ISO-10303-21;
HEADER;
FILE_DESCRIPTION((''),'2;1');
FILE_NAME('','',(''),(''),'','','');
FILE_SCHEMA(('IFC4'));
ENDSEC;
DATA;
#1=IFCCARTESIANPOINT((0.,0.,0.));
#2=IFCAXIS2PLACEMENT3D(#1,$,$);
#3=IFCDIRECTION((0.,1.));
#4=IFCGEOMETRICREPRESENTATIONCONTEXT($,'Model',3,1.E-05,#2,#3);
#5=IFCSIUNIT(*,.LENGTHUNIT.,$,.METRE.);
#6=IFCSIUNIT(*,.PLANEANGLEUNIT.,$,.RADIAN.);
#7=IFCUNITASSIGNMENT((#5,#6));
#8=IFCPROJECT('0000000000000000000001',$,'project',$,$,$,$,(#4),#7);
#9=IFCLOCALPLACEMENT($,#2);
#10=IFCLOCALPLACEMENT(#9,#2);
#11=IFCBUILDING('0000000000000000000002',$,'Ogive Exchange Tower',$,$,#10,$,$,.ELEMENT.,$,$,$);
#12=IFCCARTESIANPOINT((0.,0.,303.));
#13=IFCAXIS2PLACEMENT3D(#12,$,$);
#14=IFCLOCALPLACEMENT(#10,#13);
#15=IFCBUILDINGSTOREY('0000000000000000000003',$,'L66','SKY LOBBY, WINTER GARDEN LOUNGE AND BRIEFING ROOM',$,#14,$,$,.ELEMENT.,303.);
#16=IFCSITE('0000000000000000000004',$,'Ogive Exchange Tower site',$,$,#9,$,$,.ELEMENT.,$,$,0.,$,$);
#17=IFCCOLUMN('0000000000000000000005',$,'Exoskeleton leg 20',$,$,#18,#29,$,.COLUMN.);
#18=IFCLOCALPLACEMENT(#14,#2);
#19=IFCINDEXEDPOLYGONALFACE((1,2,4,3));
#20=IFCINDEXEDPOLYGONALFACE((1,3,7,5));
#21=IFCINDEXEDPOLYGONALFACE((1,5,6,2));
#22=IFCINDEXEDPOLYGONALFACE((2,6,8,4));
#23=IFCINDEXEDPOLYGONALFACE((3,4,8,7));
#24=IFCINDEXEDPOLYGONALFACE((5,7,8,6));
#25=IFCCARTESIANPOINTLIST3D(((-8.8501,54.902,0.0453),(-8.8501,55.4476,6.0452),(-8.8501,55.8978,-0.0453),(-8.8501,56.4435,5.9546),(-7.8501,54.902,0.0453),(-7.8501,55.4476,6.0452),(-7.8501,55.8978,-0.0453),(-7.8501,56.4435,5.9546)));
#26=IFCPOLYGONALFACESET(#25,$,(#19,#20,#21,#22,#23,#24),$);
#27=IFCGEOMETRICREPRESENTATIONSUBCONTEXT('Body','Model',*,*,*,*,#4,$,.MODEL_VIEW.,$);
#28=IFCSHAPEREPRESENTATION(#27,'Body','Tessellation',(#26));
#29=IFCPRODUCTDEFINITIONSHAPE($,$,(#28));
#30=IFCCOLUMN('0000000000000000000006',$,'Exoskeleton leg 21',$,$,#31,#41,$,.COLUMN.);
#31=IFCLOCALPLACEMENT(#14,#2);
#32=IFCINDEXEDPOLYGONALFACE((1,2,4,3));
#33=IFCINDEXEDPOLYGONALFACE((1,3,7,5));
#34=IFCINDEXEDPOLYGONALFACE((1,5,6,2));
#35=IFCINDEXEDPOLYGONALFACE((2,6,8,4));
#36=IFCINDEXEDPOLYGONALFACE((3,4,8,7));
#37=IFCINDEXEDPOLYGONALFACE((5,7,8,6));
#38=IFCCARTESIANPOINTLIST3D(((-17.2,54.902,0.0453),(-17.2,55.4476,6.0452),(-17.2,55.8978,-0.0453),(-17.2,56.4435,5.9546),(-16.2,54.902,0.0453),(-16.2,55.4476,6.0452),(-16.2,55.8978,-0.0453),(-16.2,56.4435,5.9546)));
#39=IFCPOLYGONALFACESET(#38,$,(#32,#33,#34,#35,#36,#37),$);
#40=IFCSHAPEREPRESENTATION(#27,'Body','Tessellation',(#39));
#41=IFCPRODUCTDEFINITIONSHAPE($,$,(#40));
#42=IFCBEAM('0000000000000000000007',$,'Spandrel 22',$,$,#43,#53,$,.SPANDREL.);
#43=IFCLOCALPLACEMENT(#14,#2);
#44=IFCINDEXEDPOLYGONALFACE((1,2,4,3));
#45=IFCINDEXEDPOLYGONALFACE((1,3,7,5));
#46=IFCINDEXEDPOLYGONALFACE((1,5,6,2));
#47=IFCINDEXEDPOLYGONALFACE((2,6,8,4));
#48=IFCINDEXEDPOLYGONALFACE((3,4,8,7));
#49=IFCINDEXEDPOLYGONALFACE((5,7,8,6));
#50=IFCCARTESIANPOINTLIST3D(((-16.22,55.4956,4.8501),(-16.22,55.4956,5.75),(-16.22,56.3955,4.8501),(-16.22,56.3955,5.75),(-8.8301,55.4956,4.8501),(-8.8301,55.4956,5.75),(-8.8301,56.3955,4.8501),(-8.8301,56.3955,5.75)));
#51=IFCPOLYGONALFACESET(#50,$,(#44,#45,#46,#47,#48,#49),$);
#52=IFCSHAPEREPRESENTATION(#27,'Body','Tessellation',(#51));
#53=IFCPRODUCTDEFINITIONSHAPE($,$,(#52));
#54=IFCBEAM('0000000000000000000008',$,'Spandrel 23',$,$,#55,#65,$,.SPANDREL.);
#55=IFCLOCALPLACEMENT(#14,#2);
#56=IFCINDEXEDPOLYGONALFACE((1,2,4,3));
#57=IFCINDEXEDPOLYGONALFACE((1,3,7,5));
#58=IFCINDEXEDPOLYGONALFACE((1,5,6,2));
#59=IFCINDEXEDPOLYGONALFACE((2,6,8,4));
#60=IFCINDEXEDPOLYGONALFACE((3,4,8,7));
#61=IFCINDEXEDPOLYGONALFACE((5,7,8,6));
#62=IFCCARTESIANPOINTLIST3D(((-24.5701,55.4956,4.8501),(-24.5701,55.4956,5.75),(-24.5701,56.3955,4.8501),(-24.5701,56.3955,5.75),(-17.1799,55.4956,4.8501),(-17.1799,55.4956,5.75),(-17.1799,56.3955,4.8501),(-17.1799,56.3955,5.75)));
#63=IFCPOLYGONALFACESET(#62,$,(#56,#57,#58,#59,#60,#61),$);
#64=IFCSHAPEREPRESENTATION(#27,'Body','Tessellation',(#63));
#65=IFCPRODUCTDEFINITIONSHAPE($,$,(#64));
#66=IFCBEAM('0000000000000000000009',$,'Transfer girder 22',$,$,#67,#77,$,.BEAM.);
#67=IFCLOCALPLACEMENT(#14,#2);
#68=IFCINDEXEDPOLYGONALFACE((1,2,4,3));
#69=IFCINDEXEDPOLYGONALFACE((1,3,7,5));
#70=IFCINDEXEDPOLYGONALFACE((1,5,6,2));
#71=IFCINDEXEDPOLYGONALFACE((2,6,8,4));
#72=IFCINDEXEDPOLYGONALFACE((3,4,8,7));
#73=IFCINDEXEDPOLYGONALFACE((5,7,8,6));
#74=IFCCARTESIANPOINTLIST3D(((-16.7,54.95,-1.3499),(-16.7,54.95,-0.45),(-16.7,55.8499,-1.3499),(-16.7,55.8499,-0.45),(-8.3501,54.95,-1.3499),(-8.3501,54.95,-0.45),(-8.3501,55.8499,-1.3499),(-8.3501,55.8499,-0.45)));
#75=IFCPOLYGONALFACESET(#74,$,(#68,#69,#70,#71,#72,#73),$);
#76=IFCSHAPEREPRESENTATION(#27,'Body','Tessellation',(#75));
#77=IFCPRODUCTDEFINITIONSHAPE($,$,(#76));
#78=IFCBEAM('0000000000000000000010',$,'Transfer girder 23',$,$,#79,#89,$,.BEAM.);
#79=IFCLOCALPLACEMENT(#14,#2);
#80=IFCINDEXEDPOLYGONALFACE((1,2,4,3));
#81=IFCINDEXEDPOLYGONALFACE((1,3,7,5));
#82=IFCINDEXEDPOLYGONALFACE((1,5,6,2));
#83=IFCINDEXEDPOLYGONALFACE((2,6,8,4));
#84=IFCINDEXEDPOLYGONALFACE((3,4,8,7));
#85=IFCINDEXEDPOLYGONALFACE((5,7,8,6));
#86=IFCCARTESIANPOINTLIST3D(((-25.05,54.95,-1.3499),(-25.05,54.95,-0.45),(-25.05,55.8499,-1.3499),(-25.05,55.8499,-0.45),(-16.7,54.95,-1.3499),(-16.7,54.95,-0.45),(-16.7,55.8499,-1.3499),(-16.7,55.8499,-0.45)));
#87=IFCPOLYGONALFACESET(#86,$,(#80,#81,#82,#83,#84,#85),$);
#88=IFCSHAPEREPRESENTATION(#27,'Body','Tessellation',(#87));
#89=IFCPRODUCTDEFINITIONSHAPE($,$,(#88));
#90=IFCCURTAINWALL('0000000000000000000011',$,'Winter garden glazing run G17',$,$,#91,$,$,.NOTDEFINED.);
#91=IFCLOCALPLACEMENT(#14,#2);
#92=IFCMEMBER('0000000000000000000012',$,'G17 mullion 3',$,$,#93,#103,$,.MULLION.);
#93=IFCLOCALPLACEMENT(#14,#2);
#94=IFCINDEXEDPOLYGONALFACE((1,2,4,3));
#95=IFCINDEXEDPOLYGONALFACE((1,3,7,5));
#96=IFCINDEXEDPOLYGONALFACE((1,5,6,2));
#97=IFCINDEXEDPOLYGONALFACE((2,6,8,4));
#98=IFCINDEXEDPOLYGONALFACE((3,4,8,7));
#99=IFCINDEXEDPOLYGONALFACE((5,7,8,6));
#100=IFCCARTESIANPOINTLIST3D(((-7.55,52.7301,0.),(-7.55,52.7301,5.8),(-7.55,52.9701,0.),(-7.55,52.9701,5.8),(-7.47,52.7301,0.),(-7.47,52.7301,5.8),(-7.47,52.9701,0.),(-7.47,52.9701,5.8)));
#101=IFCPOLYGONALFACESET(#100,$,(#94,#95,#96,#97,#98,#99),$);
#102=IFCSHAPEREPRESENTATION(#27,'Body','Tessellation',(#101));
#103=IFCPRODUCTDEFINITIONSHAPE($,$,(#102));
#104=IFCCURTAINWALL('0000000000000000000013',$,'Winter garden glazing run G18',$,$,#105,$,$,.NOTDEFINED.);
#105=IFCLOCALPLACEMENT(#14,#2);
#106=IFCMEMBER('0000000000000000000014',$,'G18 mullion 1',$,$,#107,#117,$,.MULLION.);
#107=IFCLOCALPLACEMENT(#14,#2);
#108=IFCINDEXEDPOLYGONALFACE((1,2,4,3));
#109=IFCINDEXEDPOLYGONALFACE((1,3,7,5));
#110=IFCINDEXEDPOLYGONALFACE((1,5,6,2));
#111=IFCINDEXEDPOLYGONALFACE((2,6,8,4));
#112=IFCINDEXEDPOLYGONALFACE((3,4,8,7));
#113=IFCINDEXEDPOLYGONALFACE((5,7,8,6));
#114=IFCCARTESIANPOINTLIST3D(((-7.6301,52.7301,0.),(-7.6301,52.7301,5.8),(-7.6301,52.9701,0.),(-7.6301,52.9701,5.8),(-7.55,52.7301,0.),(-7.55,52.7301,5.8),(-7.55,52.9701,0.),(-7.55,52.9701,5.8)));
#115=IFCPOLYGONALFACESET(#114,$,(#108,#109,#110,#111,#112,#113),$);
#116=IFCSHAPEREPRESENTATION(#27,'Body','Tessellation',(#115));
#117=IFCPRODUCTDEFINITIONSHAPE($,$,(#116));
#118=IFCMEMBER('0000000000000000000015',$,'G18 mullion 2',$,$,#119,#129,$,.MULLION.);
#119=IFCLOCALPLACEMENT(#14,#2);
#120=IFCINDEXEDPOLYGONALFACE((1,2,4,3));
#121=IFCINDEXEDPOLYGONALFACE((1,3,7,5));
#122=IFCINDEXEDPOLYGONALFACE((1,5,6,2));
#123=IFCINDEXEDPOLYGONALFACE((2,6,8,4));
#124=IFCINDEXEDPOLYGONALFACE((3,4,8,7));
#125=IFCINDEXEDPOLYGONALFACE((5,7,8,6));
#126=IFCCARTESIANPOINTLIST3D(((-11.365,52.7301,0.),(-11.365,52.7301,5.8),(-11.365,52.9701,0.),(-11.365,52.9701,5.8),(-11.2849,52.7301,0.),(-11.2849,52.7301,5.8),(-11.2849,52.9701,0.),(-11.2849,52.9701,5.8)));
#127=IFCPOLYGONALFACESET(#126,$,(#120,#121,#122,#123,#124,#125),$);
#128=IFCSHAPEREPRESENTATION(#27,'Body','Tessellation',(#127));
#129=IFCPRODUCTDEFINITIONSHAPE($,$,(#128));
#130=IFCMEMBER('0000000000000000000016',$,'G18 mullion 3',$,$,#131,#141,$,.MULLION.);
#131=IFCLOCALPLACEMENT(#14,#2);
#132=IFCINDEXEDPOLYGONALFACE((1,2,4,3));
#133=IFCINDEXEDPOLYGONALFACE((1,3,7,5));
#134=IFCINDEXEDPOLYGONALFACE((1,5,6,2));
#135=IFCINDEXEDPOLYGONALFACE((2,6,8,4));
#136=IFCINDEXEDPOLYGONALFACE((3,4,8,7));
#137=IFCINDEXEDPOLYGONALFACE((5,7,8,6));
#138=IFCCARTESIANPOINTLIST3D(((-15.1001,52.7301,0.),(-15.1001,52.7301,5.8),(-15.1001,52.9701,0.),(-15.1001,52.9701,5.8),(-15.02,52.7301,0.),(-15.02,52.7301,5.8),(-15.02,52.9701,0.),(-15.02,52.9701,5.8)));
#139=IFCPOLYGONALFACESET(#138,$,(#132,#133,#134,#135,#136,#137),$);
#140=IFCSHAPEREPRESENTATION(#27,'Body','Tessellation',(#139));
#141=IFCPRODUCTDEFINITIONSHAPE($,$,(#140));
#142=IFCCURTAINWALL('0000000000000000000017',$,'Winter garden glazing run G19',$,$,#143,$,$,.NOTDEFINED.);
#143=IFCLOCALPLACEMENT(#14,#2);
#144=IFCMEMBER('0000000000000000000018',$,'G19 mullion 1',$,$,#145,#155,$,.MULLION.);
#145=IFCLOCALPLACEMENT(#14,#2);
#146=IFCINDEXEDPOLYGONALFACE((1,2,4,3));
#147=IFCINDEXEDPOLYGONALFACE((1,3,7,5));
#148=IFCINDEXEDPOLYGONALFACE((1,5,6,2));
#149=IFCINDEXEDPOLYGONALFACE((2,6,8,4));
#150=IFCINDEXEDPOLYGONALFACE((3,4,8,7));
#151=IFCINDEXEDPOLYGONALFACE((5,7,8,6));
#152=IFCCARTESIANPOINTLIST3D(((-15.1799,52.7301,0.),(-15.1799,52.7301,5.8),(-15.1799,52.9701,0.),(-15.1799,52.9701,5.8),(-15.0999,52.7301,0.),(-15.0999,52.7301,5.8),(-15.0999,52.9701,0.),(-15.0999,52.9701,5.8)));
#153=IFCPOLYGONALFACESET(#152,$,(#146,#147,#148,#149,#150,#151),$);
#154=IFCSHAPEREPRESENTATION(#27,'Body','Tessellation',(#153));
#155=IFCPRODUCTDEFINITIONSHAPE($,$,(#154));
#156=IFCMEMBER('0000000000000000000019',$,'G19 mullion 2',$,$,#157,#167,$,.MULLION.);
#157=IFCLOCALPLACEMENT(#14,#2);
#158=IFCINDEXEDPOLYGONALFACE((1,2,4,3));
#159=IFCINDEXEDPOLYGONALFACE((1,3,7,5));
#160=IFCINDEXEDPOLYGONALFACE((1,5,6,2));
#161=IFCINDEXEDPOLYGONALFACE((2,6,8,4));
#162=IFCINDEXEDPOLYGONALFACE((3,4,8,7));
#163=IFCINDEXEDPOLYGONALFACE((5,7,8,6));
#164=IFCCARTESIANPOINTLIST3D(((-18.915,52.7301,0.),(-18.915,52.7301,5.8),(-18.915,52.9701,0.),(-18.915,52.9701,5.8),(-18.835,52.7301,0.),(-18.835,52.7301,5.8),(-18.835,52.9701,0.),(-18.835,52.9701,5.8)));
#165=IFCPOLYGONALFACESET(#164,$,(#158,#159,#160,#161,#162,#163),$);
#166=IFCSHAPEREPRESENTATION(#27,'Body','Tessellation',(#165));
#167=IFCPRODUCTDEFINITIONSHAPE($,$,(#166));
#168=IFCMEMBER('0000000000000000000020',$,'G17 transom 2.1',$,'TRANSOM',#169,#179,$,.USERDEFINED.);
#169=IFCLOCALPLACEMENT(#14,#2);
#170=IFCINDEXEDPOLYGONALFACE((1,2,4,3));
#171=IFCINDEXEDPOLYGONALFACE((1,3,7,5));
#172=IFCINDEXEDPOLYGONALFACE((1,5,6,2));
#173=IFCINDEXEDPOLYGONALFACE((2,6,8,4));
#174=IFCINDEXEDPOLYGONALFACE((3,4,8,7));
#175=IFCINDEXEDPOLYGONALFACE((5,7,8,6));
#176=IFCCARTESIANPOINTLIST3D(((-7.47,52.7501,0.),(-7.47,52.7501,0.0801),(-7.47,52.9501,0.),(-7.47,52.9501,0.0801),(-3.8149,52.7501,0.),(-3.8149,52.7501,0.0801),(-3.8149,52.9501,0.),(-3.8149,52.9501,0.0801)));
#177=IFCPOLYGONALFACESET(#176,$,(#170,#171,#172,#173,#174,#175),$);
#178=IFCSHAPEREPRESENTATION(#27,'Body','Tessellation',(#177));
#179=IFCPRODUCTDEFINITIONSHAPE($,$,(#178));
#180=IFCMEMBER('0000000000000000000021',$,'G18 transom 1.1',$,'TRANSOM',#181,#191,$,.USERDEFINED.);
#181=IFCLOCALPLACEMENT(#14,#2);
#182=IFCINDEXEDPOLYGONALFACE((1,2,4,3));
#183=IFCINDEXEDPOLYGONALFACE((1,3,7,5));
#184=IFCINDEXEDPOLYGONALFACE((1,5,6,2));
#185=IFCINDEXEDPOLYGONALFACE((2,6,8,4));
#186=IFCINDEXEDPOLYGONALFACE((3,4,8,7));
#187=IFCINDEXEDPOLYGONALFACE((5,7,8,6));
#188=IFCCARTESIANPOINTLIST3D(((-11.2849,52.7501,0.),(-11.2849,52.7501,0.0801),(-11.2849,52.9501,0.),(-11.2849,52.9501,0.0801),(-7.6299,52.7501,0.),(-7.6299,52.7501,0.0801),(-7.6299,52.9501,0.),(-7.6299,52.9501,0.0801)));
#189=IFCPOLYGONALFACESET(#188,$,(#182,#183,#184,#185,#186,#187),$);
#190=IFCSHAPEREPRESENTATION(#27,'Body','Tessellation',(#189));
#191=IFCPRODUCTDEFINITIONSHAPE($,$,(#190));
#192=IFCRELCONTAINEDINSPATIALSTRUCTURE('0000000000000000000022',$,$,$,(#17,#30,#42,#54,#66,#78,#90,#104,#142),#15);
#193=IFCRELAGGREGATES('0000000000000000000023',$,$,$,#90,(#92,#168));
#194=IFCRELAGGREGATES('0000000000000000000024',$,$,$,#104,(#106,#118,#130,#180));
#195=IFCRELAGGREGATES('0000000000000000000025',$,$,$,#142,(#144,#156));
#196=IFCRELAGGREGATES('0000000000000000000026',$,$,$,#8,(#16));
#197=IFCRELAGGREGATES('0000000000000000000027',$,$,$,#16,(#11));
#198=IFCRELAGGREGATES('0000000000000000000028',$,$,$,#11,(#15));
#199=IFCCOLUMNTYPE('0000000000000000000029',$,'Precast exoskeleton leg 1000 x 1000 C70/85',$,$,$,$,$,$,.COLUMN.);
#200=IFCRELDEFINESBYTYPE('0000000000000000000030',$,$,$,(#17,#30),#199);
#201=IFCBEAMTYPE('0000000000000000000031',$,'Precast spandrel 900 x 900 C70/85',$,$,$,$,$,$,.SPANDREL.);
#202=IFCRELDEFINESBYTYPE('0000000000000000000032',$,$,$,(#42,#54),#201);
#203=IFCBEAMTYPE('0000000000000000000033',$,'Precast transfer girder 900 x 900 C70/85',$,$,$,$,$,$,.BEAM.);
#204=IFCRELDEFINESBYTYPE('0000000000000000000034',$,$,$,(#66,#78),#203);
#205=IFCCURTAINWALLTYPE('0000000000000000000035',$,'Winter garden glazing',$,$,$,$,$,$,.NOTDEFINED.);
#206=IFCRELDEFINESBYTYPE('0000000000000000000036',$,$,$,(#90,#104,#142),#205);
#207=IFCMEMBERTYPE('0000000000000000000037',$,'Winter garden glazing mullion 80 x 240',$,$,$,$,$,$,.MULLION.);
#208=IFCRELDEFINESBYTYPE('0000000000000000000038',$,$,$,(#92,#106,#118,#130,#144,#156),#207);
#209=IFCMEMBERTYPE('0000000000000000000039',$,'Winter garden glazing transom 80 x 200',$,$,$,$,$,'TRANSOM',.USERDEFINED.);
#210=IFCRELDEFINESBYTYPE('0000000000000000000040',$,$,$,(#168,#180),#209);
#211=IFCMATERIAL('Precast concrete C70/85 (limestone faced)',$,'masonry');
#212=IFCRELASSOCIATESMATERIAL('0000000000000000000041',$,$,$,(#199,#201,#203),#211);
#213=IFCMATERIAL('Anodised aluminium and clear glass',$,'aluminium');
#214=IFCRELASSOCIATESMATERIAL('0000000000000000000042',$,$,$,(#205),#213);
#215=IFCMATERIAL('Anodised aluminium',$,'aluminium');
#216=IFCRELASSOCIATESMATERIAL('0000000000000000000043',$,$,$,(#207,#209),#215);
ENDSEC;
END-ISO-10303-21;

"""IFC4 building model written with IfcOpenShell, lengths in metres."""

from ifc_helpers import new_model, si_unit, direction, frame, origin, origin_2d, place, context, subcontext, project, spatial, rectangle, extrude, material, material_profile, profile_set, type_object, element, aggregate, save


model = new_model("IFC4")

# Units and contexts
model_context = context("Model", 3, precision=1e-05, world=origin(), true_north=direction((0.0, 1.0)))
body_context = subcontext(model_context, "Body", "Model", "MODEL_VIEW")
ifc_project = project(units=[si_unit("LENGTHUNIT", "METRE"), si_unit("PLANEANGLEUNIT", "RADIAN")], contexts=[model_context])

# Site, building, storey
site_placement = place(None, origin())
site = spatial("IfcSite", under=ifc_project, at=site_placement, Name="Ogive Exchange Tower site", CompositionType="ELEMENT", RefElevation=0.0)
building_placement = place(site_placement, origin())
building = spatial("IfcBuilding", under=site, at=building_placement, Name="Ogive Exchange Tower", CompositionType="ELEMENT")
storey_placement = place(building_placement, frame((0.0, 0.0, 303.0)))
storey = spatial("IfcBuildingStorey", under=building, at=storey_placement, Name="L66", Description="SKY LOBBY, WINTER GARDEN LOUNGE AND BRIEFING ROOM", CompositionType="ELEMENT", Elevation=303.0)

# Columns
ifc_material_1 = material(Name="Precast concrete C70/85 (limestone faced)", Category="masonry")
ifc_material_profile_1 = material_profile(ifc_material_1, rectangle(XDim=1.0, YDim=1.0, at=origin_2d()), Name="1000 x 1000")
ifc_profile_set_1 = profile_set([ifc_material_profile_1], Name="Precast concrete C70/85 (limestone faced)")
column_type = type_object("IfcColumnType", Name="Precast exoskeleton leg 1000 x 1000 C70/85", PredefinedType="COLUMN", material=ifc_profile_set_1)
for number, where, z_axis, x_axis, name in (
    (1, (-8.3501, 55.3999, 0.0), (0.0, 0.090569, 0.99589), (-1.0, 0.0, 0.0), "Exoskeleton leg 20"),
    (2, (-16.7, 55.3999, 0.0), (0.0, 0.090569, 0.99589), (-1.0, 0.0, 0.0), "Exoskeleton leg 21"),
):
    element("IfcColumn", number, at=place(storey_placement, frame(where, z_axis=z_axis, x_axis=x_axis)), inside=storey, type_object=column_type, Name=name, PredefinedType="COLUMN", context=body_context, shape_type="SweptSolid", body=[
        extrude(rectangle(XDim=1.0, YDim=1.0, at=origin_2d()), origin(), (0.0, 0.0, 1.0), 6.0247),
    ])

# Beams
ifc_material_profile_2 = material_profile(ifc_material_1, rectangle(XDim=0.8999, YDim=0.8999, at=origin_2d()), Name="900 x 900")
ifc_profile_set_2 = profile_set([ifc_material_profile_2], Name="Precast concrete C70/85 (limestone faced)")
beam_type_1 = type_object("IfcBeamType", Name="Precast spandrel 900 x 900 C70/85", PredefinedType="SPANDREL", material=ifc_profile_set_2)
beam_1_placement = place(storey_placement, frame((-8.8301, 55.9456, 5.3), z_axis=(-1.0, 0.0, 0.0), x_axis=(0.0, -1.0, 0.0)))
element("IfcBeam", 3, at=beam_1_placement, inside=storey, type_object=beam_type_1, Name="Spandrel 22", PredefinedType="SPANDREL", context=body_context, shape_type="SweptSolid", body=[
    extrude(rectangle(XDim=0.8999, YDim=0.8999, at=origin_2d()), origin(), (0.0, 0.0, 1.0), 7.3899),
])
beam_2_placement = place(storey_placement, frame((-17.1799, 55.9456, 5.3), z_axis=(-1.0, 0.0, 0.0), x_axis=(0.0, -1.0, 0.0)))
element("IfcBeam", 4, at=beam_2_placement, inside=storey, type_object=beam_type_1, Name="Spandrel 23", PredefinedType="SPANDREL", context=body_context, shape_type="SweptSolid", body=[
    extrude(rectangle(XDim=0.8999, YDim=0.8999, at=origin_2d()), origin(), (0.0, 0.0, 1.0), 7.3901),
])
ifc_material_profile_3 = material_profile(ifc_material_1, rectangle(XDim=0.8999, YDim=0.8999, at=origin_2d()), Name="900 x 900")
ifc_profile_set_3 = profile_set([ifc_material_profile_3], Name="Precast concrete C70/85 (limestone faced)")
beam_type_2 = type_object("IfcBeamType", Name="Precast transfer girder 900 x 900 C70/85", PredefinedType="BEAM", material=ifc_profile_set_3)
beam_3_placement = place(storey_placement, frame((-8.3501, 55.3999, -0.8999), z_axis=(-1.0, 0.0, 0.0), x_axis=(0.0, -1.0, 0.0)))
element("IfcBeam", 5, at=beam_3_placement, inside=storey, type_object=beam_type_2, Name="Transfer girder 22", PredefinedType="BEAM", context=body_context, shape_type="SweptSolid", body=[
    extrude(rectangle(XDim=0.8999, YDim=0.8999, at=origin_2d()), origin(), (0.0, 0.0, 1.0), 8.3499),
])
beam_4_placement = place(storey_placement, frame((-16.7, 55.3999, -0.8999), z_axis=(-1.0, 0.0, 0.0), x_axis=(0.0, -1.0, 0.0)))
element("IfcBeam", 6, at=beam_4_placement, inside=storey, type_object=beam_type_2, Name="Transfer girder 23", PredefinedType="BEAM", context=body_context, shape_type="SweptSolid", body=[
    extrude(rectangle(XDim=0.8999, YDim=0.8999, at=origin_2d()), origin(), (0.0, 0.0, 1.0), 8.3501),
])

# Curtain wall, member
ifc_material_2 = material(Name="Anodised aluminium and clear glass", Category="aluminium")
curtain_wall_type = type_object("IfcCurtainWallType", Name="Winter garden glazing", PredefinedType="NOTDEFINED", material=ifc_material_2)
curtain_wall_1_placement = place(storey_placement, origin())
curtain_wall_1 = element("IfcCurtainWall", 7, at=curtain_wall_1_placement, inside=storey, type_object=curtain_wall_type, Name="Winter garden glazing run G17", PredefinedType="NOTDEFINED")
ifc_material_3 = material(Name="Anodised aluminium", Category="aluminium")
ifc_material_profile_4 = material_profile(ifc_material_3, rectangle(XDim=0.24, YDim=0.0801, at=origin_2d()), Name="AL 80x240")
ifc_profile_set_4 = profile_set([ifc_material_profile_4], Name="Anodised aluminium")
member_type_1 = type_object("IfcMemberType", Name="Winter garden glazing mullion 80 x 240", PredefinedType="MULLION", material=ifc_profile_set_4)
member_1_placement = place(storey_placement, frame((-7.51, 52.8501, 0.0), z_axis=(0.0, 0.0, 1.0), x_axis=(0.0, -1.0, 0.0)))
member_1 = element("IfcMember", 8, at=member_1_placement, type_object=member_type_1, Name="G17 mullion 3", PredefinedType="MULLION", context=body_context, shape_type="SweptSolid", body=[
    extrude(rectangle(XDim=0.24, YDim=0.0801, at=origin_2d()), origin(), (0.0, 0.0, 1.0), 5.8),
])

# Curtain walls, members
curtain_wall_2_placement = place(storey_placement, origin())
curtain_wall_2 = element("IfcCurtainWall", 9, at=curtain_wall_2_placement, inside=storey, type_object=curtain_wall_type, Name="Winter garden glazing run G18", PredefinedType="NOTDEFINED")
member_2_placement = place(storey_placement, frame((-7.5901, 52.8501, 0.0), z_axis=(0.0, 0.0, 1.0), x_axis=(0.0, -1.0, 0.0)))
member_2 = element("IfcMember", 10, at=member_2_placement, type_object=member_type_1, Name="G18 mullion 1", PredefinedType="MULLION", context=body_context, shape_type="SweptSolid", body=[
    extrude(rectangle(XDim=0.24, YDim=0.0801, at=origin_2d()), origin(), (0.0, 0.0, 1.0), 5.8),
])
member_3_placement = place(storey_placement, frame((-11.325, 52.8501, 0.0), z_axis=(0.0, 0.0, 1.0), x_axis=(0.0, -1.0, 0.0)))
member_3 = element("IfcMember", 11, at=member_3_placement, type_object=member_type_1, Name="G18 mullion 2", PredefinedType="MULLION", context=body_context, shape_type="SweptSolid", body=[
    extrude(rectangle(XDim=0.24, YDim=0.0801, at=origin_2d()), origin(), (0.0, 0.0, 1.0), 5.8),
])
member_4_placement = place(storey_placement, frame((-15.0601, 52.8501, 0.0), z_axis=(0.0, 0.0, 1.0), x_axis=(0.0, -1.0, 0.0)))
member_4 = element("IfcMember", 12, at=member_4_placement, type_object=member_type_1, Name="G18 mullion 3", PredefinedType="MULLION", context=body_context, shape_type="SweptSolid", body=[
    extrude(rectangle(XDim=0.24, YDim=0.0801, at=origin_2d()), origin(), (0.0, 0.0, 1.0), 5.8),
])
curtain_wall_3_placement = place(storey_placement, origin())
curtain_wall_3 = element("IfcCurtainWall", 13, at=curtain_wall_3_placement, inside=storey, type_object=curtain_wall_type, Name="Winter garden glazing run G19", PredefinedType="NOTDEFINED")
member_5_placement = place(storey_placement, frame((-15.1399, 52.8501, 0.0), z_axis=(0.0, 0.0, 1.0), x_axis=(0.0, -1.0, 0.0)))
member_5 = element("IfcMember", 14, at=member_5_placement, type_object=member_type_1, Name="G19 mullion 1", PredefinedType="MULLION", context=body_context, shape_type="SweptSolid", body=[
    extrude(rectangle(XDim=0.24, YDim=0.0801, at=origin_2d()), origin(), (0.0, 0.0, 1.0), 5.8),
])
member_6_placement = place(storey_placement, frame((-18.875, 52.8501, 0.0), z_axis=(0.0, 0.0, 1.0), x_axis=(0.0, -1.0, 0.0)))
member_6 = element("IfcMember", 15, at=member_6_placement, type_object=member_type_1, Name="G19 mullion 2", PredefinedType="MULLION", context=body_context, shape_type="SweptSolid", body=[
    extrude(rectangle(XDim=0.24, YDim=0.0801, at=origin_2d()), origin(), (0.0, 0.0, 1.0), 5.8),
])

# Members
ifc_material_profile_5 = material_profile(ifc_material_3, rectangle(XDim=0.2, YDim=0.0801, at=origin_2d()), Name="AL 80x200")
ifc_profile_set_5 = profile_set([ifc_material_profile_5], Name="Anodised aluminium")
member_type_2 = type_object("IfcMemberType", Name="Winter garden glazing transom 80 x 200", ElementType="TRANSOM", PredefinedType="USERDEFINED", material=ifc_profile_set_5)
member_7_placement = place(storey_placement, frame((-3.8149, 52.8501, 0.04), z_axis=(-1.0, 0.0, 0.0), x_axis=(0.0, -1.0, 0.0)))
member_7 = element("IfcMember", 16, at=member_7_placement, type_object=member_type_2, Name="G17 transom 2.1", ObjectType="TRANSOM", PredefinedType="USERDEFINED", context=body_context, shape_type="SweptSolid", body=[
    extrude(rectangle(XDim=0.2, YDim=0.0801, at=origin_2d()), origin(), (0.0, 0.0, 1.0), 3.655),
])
member_8_placement = place(storey_placement, frame((-7.6299, 52.8501, 0.04), z_axis=(-1.0, 0.0, 0.0), x_axis=(0.0, -1.0, 0.0)))
member_8 = element("IfcMember", 17, at=member_8_placement, type_object=member_type_2, Name="G18 transom 1.1", ObjectType="TRANSOM", PredefinedType="USERDEFINED", context=body_context, shape_type="SweptSolid", body=[
    extrude(rectangle(XDim=0.2, YDim=0.0801, at=origin_2d()), origin(), (0.0, 0.0, 1.0), 3.655),
])

aggregate(curtain_wall_1, [member_1, member_7])
aggregate(curtain_wall_2, [member_2, member_3, member_4, member_8])
aggregate(curtain_wall_3, [member_5, member_6])

save(model, "model.ifc")
